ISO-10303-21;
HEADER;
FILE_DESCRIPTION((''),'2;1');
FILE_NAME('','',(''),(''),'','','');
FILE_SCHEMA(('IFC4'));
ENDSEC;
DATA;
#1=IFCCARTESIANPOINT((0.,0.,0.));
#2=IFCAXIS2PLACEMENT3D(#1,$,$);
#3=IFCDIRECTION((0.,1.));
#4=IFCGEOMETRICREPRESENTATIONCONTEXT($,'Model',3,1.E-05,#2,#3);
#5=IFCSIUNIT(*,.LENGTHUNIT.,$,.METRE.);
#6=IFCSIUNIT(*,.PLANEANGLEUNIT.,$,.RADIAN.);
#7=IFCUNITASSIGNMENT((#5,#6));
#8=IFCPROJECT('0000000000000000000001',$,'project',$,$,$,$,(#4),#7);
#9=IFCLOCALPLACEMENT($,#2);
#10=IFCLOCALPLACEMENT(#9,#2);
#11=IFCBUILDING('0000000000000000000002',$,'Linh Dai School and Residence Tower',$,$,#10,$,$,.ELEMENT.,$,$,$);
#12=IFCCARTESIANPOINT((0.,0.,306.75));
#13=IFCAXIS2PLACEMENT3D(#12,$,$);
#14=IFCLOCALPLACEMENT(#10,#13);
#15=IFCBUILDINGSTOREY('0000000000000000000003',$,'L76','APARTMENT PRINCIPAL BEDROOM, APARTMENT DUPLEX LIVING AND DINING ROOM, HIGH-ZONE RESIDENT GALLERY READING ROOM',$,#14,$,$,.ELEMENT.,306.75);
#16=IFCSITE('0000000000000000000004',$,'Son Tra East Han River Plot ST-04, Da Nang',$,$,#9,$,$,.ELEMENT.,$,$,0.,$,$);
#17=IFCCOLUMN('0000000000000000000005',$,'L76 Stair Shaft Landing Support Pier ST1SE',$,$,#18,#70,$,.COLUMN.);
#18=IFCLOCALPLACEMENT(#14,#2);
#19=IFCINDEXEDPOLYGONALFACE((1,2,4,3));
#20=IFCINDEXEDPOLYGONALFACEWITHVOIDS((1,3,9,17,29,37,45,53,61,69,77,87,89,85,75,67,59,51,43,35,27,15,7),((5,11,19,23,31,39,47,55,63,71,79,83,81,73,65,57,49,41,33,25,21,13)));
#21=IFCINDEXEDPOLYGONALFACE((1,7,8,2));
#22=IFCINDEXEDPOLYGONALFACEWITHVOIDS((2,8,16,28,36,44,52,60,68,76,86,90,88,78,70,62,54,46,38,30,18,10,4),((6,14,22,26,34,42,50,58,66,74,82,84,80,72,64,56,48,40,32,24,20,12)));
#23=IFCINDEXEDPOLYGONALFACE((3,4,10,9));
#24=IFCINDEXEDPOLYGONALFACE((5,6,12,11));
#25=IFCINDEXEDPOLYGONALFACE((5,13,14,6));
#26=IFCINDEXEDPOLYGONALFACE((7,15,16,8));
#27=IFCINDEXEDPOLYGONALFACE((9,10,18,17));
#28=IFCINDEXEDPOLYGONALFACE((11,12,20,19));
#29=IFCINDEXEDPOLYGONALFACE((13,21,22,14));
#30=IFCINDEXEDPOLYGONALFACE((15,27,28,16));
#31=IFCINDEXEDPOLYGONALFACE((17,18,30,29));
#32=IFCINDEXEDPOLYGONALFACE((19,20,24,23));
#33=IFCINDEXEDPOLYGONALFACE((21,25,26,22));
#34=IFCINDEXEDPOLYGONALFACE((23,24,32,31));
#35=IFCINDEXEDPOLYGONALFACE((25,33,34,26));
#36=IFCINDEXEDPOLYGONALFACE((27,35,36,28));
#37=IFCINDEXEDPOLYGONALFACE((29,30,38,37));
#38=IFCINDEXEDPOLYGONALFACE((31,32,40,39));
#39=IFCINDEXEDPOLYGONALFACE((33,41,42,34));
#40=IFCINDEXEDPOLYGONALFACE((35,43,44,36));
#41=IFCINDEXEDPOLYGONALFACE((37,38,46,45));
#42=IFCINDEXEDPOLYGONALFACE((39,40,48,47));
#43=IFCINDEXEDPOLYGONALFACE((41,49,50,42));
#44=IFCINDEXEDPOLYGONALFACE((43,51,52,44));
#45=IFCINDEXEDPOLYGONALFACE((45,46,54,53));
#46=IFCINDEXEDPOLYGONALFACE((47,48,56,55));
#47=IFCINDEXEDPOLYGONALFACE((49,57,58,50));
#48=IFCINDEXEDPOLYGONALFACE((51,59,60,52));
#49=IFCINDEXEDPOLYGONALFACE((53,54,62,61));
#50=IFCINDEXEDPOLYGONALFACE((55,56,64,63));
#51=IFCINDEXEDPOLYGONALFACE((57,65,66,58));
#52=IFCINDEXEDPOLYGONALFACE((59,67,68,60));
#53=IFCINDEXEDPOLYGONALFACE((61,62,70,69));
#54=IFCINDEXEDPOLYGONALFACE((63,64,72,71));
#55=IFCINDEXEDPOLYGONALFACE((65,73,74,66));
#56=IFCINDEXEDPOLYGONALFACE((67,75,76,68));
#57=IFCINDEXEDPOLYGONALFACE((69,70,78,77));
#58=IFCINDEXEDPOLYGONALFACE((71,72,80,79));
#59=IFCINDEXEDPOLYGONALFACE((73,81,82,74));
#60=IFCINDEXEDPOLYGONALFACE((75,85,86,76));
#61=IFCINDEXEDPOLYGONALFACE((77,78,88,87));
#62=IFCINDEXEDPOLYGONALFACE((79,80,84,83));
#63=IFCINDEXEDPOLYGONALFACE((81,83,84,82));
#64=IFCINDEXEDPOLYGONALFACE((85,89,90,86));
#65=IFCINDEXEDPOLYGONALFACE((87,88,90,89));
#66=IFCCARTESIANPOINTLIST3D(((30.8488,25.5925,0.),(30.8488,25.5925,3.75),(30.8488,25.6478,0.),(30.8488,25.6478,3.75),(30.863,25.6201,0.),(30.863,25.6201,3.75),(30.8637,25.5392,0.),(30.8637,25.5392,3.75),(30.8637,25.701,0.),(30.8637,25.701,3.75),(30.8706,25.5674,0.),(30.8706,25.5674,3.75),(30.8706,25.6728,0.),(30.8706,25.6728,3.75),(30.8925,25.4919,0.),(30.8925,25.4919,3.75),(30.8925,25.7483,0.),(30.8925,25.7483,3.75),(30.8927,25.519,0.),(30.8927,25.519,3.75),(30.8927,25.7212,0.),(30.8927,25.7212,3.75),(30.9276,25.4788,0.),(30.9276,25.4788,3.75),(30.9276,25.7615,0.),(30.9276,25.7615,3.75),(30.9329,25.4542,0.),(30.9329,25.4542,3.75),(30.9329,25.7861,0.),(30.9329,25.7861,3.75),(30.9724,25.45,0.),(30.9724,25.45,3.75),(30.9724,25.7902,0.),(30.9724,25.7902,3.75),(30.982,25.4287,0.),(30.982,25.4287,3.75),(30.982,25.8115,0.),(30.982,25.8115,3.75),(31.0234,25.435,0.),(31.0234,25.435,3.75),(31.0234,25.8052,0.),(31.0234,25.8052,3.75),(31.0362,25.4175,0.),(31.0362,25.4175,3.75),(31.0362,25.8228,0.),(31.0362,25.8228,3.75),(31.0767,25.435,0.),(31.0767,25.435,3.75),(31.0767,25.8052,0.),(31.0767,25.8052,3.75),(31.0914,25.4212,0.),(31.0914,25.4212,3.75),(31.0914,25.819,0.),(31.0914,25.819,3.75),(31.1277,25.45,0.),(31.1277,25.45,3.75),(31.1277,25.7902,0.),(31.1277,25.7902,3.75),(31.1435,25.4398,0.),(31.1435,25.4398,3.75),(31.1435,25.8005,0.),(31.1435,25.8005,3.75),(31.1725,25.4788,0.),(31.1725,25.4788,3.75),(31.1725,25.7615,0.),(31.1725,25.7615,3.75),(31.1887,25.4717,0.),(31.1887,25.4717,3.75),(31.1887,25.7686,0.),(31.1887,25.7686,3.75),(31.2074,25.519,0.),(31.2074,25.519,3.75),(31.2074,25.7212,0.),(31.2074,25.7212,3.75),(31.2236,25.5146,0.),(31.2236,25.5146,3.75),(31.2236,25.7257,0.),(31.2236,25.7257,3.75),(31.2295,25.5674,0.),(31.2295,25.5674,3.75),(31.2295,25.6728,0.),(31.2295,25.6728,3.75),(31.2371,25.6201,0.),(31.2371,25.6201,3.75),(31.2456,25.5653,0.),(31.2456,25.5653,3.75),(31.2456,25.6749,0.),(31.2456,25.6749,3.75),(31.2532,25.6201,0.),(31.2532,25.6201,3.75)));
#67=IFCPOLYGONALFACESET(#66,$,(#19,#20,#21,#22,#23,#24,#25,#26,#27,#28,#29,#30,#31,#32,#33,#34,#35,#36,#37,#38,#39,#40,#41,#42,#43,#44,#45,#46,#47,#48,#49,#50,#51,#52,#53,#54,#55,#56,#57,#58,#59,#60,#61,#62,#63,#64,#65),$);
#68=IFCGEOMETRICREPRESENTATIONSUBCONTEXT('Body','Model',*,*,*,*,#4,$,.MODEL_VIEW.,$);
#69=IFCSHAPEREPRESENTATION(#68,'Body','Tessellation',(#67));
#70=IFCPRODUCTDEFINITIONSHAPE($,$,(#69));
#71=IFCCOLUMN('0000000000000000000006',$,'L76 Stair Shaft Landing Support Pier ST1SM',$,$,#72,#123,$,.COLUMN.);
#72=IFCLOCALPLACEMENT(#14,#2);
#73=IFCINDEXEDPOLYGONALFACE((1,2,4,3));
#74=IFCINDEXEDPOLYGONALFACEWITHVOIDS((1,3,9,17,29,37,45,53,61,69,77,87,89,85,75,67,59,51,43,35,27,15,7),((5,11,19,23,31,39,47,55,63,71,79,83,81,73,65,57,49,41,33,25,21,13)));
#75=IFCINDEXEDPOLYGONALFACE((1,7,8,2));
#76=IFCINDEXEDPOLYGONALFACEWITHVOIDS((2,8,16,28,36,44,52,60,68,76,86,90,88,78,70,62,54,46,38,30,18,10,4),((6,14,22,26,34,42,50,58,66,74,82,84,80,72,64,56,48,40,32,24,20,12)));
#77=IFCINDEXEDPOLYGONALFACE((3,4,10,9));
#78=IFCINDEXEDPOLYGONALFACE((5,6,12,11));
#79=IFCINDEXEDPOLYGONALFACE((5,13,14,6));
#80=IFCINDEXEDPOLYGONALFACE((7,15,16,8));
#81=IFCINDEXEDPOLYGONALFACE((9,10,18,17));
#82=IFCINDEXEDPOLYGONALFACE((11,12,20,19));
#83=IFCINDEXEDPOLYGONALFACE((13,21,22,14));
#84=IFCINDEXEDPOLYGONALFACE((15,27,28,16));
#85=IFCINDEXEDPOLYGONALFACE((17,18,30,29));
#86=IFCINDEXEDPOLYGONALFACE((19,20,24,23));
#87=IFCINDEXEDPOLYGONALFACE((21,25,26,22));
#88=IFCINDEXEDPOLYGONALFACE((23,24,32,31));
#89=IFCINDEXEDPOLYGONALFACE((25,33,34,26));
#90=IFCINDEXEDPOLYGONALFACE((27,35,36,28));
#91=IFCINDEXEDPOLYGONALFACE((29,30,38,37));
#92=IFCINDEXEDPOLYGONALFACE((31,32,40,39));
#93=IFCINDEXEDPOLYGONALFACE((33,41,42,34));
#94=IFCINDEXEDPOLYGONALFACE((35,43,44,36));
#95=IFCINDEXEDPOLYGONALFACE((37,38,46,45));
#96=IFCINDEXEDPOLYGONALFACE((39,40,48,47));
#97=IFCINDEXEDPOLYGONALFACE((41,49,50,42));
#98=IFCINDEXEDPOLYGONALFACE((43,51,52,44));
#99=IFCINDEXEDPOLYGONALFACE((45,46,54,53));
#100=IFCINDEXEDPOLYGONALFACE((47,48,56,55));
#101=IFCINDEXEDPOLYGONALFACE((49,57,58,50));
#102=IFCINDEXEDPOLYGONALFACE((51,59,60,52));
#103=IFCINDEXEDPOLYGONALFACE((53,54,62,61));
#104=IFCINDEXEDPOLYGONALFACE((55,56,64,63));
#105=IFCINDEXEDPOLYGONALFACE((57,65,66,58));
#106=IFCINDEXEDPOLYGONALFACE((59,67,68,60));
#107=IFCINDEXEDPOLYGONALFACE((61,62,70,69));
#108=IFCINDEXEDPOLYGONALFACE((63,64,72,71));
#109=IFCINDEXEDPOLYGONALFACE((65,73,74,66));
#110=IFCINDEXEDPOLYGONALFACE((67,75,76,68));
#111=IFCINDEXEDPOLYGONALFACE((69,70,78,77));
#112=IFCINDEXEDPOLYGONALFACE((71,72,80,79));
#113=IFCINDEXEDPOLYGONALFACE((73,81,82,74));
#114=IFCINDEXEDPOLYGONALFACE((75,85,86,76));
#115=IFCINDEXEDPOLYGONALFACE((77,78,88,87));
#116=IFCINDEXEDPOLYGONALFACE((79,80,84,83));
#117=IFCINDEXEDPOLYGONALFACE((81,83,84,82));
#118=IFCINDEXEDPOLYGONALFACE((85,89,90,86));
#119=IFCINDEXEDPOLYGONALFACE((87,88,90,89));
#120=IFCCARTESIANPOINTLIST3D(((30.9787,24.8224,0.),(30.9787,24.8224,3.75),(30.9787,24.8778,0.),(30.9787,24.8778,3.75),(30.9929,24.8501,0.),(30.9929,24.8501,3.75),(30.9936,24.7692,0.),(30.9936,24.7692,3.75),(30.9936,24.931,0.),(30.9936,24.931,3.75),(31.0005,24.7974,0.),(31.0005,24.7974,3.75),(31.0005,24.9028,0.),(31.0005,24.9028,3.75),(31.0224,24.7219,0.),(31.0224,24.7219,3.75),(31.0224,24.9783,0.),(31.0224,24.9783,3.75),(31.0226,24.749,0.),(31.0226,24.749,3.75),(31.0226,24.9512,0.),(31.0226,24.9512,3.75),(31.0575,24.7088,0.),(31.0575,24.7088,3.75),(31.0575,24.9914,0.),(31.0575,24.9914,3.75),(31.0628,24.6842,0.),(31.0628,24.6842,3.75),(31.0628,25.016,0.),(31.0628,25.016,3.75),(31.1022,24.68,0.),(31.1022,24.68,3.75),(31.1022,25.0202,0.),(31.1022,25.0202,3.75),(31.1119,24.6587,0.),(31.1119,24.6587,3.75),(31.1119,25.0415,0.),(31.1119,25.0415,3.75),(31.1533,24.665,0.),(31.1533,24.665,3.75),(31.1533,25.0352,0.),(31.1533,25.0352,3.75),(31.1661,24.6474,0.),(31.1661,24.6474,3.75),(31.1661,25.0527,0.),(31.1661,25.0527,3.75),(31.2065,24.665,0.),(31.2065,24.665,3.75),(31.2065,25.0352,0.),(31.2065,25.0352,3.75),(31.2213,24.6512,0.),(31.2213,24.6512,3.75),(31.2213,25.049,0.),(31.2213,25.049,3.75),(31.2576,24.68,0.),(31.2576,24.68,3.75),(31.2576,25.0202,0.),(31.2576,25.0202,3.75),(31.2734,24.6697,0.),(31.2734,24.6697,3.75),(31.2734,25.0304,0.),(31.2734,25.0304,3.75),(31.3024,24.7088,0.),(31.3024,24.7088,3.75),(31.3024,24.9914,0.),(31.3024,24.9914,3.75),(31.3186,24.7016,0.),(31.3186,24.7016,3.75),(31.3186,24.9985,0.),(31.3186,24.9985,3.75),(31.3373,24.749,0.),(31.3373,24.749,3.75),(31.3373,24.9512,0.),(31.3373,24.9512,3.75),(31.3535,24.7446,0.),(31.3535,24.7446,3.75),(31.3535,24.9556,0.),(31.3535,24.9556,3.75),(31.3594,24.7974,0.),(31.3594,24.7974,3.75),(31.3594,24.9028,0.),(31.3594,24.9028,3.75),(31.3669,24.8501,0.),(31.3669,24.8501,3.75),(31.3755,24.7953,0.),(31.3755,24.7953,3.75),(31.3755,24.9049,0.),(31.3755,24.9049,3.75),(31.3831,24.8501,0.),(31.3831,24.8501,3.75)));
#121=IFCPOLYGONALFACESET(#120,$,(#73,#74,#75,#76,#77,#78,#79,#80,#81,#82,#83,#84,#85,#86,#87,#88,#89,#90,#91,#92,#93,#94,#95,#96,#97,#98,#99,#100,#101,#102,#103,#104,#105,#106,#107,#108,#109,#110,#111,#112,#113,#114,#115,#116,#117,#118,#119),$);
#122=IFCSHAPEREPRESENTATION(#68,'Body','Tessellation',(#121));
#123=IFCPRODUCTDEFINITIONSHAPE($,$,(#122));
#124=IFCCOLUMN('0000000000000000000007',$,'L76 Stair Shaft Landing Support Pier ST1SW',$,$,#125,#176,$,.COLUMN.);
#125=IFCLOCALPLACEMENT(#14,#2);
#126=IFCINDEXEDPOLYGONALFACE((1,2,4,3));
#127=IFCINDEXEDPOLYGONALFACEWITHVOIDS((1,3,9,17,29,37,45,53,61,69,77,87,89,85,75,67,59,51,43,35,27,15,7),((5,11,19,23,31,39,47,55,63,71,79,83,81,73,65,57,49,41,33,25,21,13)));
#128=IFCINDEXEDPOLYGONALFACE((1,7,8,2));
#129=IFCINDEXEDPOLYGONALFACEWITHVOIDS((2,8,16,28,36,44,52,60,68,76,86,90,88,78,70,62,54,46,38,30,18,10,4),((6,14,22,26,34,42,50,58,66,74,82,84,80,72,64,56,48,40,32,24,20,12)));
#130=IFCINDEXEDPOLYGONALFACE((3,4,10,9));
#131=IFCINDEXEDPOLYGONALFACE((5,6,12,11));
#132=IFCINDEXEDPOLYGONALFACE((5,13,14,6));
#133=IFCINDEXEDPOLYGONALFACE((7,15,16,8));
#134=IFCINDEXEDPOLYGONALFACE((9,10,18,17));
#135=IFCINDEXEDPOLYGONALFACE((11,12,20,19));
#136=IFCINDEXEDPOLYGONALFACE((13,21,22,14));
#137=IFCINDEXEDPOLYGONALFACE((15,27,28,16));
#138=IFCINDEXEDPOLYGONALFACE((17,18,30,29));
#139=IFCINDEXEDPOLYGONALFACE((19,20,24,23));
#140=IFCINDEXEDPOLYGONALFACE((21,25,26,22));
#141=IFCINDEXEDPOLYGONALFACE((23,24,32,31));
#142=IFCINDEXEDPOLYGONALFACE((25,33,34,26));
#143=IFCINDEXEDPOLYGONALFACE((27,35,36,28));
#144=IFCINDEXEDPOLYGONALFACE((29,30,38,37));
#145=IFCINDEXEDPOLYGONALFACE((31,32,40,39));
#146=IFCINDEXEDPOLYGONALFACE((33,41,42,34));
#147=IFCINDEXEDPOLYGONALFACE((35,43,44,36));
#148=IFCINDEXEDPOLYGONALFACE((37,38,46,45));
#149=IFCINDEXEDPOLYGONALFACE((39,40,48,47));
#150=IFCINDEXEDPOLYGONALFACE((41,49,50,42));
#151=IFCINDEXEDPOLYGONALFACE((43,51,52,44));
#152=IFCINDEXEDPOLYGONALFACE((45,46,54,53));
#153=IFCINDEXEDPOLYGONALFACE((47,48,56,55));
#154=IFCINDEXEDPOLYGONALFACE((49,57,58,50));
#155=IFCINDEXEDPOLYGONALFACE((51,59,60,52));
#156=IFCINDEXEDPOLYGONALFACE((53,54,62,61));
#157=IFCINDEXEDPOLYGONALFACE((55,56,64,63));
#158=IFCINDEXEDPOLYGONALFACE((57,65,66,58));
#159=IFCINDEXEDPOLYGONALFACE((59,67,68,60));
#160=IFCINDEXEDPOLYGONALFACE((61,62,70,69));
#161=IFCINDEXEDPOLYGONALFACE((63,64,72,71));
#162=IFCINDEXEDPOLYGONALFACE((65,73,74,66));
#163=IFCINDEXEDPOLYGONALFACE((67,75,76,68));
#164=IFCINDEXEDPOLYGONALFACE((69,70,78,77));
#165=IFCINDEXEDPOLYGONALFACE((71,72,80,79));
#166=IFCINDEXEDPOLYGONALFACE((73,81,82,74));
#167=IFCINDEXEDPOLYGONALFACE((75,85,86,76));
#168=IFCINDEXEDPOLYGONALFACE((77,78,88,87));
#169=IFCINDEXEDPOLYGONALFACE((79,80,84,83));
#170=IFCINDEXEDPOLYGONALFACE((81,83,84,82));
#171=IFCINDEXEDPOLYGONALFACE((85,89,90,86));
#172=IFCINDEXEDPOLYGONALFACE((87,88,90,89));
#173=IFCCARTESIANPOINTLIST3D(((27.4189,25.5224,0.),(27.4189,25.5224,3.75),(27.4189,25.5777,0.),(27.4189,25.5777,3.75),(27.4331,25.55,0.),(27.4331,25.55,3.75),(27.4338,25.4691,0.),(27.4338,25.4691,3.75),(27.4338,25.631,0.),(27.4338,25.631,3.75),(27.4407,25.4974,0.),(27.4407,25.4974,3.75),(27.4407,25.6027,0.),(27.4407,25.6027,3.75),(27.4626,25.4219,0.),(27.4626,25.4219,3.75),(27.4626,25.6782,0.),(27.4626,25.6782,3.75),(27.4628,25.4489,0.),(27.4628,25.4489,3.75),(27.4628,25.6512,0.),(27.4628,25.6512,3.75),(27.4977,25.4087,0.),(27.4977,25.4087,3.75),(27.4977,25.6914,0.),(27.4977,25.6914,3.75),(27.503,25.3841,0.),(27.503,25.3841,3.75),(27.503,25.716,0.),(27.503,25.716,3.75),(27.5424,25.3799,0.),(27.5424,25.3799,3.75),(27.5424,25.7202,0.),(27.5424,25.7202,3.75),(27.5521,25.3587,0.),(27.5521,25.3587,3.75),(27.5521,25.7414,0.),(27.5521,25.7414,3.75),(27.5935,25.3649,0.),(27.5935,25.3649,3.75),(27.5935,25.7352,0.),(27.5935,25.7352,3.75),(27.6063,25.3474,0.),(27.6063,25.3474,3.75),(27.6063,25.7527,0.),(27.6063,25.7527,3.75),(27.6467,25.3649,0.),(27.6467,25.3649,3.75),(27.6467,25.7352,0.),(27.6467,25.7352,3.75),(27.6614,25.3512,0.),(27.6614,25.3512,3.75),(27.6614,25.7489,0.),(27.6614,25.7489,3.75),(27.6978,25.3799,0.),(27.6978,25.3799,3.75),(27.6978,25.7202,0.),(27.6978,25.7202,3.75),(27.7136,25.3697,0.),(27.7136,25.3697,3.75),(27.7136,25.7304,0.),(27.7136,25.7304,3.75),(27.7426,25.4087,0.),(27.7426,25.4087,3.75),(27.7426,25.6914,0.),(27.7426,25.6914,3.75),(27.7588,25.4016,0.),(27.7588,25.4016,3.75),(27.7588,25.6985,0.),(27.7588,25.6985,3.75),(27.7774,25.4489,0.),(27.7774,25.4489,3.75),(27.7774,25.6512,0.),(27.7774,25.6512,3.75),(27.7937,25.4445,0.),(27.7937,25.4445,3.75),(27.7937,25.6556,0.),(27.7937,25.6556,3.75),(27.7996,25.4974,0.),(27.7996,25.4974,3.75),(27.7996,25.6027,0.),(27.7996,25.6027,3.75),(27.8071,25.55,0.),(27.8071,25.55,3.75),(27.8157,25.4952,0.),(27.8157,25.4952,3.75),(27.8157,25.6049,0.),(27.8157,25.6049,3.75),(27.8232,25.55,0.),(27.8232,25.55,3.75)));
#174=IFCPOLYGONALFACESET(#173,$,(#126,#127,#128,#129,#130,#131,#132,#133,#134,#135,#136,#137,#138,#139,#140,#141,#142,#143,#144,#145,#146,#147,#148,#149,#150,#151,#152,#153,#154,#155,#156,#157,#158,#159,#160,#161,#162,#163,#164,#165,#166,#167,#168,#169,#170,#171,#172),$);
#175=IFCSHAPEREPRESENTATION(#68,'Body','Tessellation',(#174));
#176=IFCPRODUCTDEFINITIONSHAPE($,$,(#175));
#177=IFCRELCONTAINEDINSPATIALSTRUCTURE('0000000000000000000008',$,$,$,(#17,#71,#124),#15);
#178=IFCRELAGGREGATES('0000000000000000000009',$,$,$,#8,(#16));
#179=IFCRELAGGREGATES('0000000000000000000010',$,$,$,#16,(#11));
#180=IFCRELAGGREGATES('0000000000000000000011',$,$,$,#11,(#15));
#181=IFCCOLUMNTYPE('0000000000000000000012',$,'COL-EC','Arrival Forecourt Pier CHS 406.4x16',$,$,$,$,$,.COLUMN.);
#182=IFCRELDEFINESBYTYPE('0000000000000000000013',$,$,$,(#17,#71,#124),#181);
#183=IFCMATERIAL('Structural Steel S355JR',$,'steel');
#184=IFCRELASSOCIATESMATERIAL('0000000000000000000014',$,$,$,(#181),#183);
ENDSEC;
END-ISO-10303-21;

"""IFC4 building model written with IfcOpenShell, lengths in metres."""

from ifc_helpers import new_model, si_unit, direction, frame, origin, origin_2d, place, context, subcontext, project, spatial, hollow_circle, extrude, material, material_profile, profile_set, type_object, element, save


model = new_model("IFC4")

# Units and contexts
model_context = context("Model", 3, precision=1e-05, world=origin(), true_north=direction((0.0, 1.0)))
body_context = subcontext(model_context, "Body", "Model", "MODEL_VIEW")
ifc_project = project(units=[si_unit("LENGTHUNIT", "METRE"), si_unit("PLANEANGLEUNIT", "RADIAN")], contexts=[model_context])

# Site, building, storey
site_placement = place(None, origin())
site = spatial("IfcSite", under=ifc_project, at=site_placement, Name="Son Tra East Han River Plot ST-04, Da Nang", CompositionType="ELEMENT", RefElevation=0.0)
building_placement = place(site_placement, origin())
building = spatial("IfcBuilding", under=site, at=building_placement, Name="Linh Dai School and Residence Tower", CompositionType="ELEMENT")
storey_placement = place(building_placement, frame((0.0, 0.0, 306.75)))
storey = spatial("IfcBuildingStorey", under=building, at=storey_placement, Name="L76", Description="APARTMENT PRINCIPAL BEDROOM, APARTMENT DUPLEX LIVING AND DINING ROOM, HIGH-ZONE RESIDENT GALLERY READING ROOM", CompositionType="ELEMENT", Elevation=306.75)

# Columns
ifc_material_1 = material(Name="Structural Steel S355JR", Category="steel")
ifc_material_profile_1 = material_profile(ifc_material_1, hollow_circle(Radius=0.2031, WallThickness=0.0161, at=origin_2d()), Name="CHS 406.4x16")
ifc_profile_set_1 = profile_set([ifc_material_profile_1], Name="Structural Steel S355JR")
column_type = type_object("IfcColumnType", Name="COL-EC", Description="Arrival Forecourt Pier CHS 406.4x16", PredefinedType="COLUMN", material=ifc_profile_set_1)
for number, where, z_axis, x_axis, name in (
    (1, (31.05, 25.6201, 0.0), (0.0, 0.0, 1.0), (1.0, 0.0, 0.0), "L76 Stair Shaft Landing Support Pier ST1SE"),
    (2, (31.1799, 24.8501, 0.0), (0.0, 0.0, 1.0), (1.0, 0.0, 0.0), "L76 Stair Shaft Landing Support Pier ST1SM"),
    (3, (27.6201, 25.55, 0.0), (0.0, 0.0, 1.0), (1.0, 0.0, 0.0), "L76 Stair Shaft Landing Support Pier ST1SW"),
):
    element("IfcColumn", number, at=place(storey_placement, frame(where, z_axis=z_axis, x_axis=x_axis)), inside=storey, type_object=column_type, Name=name, PredefinedType="COLUMN", context=body_context, shape_type="SweptSolid", body=[
        extrude(hollow_circle(Radius=0.2031, WallThickness=0.0161, at=origin_2d()), origin(), (0.0, 0.0, 1.0), 3.75),
    ])

save(model, "model.ifc")
